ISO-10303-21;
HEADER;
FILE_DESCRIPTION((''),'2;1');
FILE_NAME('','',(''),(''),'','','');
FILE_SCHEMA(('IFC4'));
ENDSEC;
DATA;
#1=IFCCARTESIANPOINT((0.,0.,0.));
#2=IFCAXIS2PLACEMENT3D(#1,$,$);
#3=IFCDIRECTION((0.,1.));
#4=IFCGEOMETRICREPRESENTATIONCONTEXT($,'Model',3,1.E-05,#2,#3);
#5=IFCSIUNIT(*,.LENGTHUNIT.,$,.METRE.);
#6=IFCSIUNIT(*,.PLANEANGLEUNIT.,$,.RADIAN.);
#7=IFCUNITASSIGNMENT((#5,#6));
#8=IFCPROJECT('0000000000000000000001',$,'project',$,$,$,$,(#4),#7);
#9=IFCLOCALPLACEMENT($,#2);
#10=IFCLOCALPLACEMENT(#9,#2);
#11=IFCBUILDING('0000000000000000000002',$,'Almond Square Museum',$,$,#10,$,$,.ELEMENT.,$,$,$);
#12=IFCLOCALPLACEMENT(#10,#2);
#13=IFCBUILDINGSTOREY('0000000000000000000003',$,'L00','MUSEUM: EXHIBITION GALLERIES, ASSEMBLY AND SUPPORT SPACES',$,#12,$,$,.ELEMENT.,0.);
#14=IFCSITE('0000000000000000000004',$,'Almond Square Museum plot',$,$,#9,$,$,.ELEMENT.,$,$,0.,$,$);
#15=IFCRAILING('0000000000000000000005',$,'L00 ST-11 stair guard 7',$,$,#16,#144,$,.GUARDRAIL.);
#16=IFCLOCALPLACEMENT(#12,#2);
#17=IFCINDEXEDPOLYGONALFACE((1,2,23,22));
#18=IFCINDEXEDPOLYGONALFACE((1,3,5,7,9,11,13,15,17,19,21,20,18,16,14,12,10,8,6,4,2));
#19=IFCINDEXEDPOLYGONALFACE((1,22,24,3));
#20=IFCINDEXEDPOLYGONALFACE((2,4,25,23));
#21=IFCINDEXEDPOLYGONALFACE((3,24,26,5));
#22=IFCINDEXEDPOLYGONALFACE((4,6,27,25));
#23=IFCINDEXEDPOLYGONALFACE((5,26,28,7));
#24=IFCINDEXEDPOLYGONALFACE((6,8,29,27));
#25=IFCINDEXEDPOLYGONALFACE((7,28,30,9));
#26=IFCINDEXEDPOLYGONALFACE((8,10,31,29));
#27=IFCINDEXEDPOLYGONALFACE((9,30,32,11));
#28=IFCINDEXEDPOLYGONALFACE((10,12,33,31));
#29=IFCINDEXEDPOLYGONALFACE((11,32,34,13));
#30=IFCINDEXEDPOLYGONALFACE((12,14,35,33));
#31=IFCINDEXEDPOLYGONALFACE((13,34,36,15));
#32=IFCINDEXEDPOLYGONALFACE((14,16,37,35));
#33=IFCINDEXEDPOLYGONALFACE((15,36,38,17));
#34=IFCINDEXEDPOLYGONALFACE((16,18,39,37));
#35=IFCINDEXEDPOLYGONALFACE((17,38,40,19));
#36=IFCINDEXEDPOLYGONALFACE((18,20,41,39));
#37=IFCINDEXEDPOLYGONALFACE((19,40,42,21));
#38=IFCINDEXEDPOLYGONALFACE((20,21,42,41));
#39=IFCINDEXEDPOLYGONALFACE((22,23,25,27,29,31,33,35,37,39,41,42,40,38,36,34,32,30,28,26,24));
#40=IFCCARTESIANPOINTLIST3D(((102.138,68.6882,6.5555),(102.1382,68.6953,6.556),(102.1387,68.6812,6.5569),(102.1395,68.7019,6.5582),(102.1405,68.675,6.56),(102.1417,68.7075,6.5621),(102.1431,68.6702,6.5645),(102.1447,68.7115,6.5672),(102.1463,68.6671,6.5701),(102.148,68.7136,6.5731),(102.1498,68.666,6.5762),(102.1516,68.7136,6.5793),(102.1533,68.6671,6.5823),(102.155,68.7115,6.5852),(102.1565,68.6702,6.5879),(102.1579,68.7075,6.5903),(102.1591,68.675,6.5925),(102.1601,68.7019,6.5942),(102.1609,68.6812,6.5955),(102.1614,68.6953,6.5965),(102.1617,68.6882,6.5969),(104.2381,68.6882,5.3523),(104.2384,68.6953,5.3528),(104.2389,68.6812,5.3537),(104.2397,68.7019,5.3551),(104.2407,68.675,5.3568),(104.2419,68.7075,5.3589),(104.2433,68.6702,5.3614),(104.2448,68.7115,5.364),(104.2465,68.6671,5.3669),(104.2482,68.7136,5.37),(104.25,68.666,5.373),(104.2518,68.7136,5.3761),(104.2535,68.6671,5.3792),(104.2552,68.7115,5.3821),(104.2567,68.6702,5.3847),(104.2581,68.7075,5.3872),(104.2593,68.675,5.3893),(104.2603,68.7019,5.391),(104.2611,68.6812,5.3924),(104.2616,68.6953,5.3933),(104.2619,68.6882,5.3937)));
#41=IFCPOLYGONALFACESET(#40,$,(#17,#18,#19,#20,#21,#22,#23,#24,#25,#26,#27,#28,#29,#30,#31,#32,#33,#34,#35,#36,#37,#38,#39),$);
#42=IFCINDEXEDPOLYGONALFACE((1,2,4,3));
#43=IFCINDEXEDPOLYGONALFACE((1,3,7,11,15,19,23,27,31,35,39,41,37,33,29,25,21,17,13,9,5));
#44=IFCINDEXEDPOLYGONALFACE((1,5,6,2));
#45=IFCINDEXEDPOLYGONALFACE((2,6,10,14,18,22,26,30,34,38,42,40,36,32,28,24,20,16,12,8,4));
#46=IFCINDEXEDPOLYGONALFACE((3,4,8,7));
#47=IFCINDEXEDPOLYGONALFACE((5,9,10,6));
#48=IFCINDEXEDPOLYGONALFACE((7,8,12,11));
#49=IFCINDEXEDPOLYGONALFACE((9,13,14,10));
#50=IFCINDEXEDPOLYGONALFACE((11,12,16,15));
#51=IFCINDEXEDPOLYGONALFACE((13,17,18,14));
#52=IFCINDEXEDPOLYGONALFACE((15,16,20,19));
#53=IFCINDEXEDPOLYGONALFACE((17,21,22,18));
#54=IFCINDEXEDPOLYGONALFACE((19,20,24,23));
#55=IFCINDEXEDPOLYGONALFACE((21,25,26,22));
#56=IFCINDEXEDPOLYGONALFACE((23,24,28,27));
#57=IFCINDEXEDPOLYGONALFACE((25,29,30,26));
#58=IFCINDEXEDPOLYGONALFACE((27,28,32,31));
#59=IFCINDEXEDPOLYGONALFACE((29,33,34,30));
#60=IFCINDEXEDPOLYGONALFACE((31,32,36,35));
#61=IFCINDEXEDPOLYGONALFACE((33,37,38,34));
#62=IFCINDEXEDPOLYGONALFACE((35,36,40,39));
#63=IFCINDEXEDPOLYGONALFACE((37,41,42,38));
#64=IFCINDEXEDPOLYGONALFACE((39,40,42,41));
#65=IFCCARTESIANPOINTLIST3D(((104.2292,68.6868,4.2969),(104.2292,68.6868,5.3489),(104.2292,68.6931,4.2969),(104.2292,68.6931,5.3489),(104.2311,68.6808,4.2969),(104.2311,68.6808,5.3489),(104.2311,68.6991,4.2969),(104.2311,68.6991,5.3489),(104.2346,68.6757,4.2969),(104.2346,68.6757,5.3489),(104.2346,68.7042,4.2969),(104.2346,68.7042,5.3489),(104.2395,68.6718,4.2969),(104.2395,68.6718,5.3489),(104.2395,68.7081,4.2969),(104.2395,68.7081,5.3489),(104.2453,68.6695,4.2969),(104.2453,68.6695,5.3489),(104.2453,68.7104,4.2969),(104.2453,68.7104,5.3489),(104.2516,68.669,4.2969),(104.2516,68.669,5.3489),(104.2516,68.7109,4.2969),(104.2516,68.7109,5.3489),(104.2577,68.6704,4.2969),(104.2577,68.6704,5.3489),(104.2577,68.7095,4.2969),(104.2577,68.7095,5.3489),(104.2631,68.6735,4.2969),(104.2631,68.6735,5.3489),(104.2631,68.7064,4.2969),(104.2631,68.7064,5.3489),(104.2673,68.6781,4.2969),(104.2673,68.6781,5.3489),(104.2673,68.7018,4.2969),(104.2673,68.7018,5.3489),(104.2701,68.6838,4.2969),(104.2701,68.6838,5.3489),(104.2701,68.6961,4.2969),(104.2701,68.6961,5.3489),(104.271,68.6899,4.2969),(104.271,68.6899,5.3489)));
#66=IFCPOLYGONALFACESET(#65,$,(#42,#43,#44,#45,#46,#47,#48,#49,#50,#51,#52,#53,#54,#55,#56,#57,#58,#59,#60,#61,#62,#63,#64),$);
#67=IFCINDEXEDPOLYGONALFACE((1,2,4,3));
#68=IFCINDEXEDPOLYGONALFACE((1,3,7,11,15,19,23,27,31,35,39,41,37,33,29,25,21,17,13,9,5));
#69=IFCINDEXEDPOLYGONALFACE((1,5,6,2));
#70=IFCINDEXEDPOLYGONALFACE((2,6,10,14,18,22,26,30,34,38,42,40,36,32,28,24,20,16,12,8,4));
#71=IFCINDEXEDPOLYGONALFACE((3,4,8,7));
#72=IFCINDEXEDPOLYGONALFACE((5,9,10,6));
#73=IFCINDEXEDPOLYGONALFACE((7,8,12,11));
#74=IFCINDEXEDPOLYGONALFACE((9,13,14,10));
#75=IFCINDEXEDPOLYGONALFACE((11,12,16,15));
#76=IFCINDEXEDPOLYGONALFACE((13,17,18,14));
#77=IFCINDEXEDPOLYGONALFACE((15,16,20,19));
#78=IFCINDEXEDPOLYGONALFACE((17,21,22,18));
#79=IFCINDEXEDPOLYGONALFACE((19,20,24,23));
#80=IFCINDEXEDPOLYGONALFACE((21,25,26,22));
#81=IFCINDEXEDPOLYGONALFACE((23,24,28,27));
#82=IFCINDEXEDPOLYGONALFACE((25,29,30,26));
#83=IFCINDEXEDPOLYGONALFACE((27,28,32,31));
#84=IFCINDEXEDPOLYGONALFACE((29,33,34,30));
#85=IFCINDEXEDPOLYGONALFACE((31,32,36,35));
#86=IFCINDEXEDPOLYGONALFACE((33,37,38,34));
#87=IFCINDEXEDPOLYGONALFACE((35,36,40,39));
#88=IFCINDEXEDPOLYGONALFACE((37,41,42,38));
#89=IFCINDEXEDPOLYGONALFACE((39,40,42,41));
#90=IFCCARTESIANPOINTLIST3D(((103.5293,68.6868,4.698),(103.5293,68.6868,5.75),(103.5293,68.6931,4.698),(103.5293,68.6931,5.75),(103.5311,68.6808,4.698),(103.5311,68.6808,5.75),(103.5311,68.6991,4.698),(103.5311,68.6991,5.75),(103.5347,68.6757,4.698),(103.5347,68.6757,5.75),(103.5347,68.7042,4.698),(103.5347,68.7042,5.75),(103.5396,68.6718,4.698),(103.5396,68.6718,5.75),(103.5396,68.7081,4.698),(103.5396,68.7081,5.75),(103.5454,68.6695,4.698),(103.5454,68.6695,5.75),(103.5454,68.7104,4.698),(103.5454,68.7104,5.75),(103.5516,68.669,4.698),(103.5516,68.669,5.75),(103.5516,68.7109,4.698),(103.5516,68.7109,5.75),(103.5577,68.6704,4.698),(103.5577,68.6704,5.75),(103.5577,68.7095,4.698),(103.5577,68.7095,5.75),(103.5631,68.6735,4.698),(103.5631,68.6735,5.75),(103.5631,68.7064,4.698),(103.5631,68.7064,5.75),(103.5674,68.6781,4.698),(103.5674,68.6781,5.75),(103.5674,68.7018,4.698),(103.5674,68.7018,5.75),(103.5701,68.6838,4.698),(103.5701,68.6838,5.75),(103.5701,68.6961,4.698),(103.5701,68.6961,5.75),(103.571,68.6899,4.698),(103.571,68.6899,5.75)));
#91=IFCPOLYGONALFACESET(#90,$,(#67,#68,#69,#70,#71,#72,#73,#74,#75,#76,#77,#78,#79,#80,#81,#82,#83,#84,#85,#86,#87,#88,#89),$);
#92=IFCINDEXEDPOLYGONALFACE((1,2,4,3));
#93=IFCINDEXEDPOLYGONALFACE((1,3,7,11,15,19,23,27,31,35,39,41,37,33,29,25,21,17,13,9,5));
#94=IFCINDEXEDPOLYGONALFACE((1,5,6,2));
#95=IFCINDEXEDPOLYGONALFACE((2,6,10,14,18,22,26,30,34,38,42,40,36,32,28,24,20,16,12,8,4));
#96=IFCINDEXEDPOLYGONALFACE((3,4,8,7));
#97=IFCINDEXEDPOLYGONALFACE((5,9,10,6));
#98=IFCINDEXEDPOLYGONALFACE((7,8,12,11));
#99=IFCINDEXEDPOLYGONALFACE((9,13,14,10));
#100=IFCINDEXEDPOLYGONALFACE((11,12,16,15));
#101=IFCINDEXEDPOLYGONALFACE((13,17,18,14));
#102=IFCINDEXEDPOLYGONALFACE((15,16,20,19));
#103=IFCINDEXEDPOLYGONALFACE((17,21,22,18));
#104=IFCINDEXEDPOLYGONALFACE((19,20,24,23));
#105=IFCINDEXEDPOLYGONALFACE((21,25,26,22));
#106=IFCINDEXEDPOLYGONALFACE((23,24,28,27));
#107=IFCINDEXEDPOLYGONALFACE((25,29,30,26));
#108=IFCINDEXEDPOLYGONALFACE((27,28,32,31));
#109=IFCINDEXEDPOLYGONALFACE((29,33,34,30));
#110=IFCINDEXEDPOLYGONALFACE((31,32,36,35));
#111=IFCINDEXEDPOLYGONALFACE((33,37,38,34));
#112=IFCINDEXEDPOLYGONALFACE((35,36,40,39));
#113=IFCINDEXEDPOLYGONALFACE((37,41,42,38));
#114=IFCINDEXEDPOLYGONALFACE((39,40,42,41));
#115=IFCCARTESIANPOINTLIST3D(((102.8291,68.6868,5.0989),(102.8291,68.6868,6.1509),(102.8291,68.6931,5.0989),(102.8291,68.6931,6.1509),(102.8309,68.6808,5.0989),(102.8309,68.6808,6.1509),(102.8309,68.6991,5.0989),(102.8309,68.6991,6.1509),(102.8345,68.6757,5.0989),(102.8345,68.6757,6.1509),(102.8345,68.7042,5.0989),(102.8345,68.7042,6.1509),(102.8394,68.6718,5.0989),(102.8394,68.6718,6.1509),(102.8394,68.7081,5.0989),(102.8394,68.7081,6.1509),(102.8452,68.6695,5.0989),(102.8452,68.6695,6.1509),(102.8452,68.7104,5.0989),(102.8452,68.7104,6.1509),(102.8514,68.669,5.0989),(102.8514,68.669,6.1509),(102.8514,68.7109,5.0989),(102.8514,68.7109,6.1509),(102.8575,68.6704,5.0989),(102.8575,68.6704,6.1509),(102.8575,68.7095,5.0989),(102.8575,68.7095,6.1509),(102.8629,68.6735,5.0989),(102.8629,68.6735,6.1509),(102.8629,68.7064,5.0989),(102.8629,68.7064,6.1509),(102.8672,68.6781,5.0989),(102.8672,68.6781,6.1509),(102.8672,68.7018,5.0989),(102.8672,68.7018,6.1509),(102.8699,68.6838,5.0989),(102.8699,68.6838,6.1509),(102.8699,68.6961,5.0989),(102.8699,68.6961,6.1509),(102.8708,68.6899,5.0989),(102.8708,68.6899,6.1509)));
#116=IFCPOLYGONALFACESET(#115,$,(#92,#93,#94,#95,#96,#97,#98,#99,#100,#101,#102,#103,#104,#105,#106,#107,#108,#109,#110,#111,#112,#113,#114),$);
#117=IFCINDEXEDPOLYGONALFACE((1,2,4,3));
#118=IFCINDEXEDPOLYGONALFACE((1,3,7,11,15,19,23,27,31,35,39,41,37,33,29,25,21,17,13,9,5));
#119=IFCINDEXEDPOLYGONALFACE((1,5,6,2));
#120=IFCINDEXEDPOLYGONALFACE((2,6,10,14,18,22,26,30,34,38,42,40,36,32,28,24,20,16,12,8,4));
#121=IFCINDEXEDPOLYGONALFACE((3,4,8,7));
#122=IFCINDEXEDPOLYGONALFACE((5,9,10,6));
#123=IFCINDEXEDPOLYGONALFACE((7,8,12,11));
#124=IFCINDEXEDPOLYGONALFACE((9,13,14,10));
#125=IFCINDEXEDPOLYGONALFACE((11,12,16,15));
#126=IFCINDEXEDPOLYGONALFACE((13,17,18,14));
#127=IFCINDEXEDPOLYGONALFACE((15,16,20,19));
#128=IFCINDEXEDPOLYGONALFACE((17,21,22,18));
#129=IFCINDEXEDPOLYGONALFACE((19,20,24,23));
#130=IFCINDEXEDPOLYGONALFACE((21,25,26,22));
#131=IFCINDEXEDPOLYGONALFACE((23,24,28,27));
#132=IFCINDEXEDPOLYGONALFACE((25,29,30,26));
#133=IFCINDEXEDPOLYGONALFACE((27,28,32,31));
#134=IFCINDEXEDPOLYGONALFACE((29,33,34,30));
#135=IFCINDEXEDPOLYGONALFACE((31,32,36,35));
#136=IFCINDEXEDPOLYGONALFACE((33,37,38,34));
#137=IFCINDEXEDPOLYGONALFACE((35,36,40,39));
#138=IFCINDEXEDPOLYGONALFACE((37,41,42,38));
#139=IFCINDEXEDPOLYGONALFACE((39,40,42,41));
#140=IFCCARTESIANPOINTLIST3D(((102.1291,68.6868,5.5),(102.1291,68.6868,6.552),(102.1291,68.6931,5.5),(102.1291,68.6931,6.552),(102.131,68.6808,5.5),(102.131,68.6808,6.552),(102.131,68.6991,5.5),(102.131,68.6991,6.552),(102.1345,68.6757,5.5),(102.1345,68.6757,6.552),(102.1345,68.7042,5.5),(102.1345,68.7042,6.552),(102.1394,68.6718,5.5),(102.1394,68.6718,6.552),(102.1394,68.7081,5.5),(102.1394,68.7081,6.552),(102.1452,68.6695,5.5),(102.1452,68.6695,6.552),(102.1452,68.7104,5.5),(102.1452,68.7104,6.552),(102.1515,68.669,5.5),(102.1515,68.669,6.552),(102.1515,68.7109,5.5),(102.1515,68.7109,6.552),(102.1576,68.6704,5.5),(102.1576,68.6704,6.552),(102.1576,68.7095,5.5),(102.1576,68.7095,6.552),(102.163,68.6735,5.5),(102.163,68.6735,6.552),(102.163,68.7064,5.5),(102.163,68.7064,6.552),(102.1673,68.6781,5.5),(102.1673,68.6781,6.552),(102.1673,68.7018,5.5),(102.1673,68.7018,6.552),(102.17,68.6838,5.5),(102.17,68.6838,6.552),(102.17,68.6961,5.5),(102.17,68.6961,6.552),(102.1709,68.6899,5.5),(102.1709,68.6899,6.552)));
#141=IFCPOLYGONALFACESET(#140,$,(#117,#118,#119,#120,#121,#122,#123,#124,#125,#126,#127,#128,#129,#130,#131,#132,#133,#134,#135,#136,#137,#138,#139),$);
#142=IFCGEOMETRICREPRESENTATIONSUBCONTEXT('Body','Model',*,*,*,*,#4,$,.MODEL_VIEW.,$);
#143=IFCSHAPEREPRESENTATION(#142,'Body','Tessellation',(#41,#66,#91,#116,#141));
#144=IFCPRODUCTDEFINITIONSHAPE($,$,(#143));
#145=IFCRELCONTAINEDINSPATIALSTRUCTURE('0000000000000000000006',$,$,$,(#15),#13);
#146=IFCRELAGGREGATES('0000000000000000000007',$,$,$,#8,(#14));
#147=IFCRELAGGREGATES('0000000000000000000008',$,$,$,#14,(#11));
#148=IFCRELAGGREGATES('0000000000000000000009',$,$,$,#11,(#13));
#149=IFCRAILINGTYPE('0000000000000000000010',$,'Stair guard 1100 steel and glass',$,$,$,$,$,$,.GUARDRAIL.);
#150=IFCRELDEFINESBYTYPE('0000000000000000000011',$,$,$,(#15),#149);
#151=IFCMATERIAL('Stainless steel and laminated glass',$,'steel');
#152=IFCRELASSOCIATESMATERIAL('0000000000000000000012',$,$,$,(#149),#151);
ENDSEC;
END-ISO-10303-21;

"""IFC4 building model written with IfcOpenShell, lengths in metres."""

from ifc_helpers import new_model, si_unit, direction, frame, origin, origin_2d, place, context, subcontext, project, spatial, circle, extrude, material, type_object, element, save


model = new_model("IFC4")

# Units and contexts
model_context = context("Model", 3, precision=1e-05, world=origin(), true_north=direction((0.0, 1.0)))
body_context = subcontext(model_context, "Body", "Model", "MODEL_VIEW")
ifc_project = project(units=[si_unit("LENGTHUNIT", "METRE"), si_unit("PLANEANGLEUNIT", "RADIAN")], contexts=[model_context])

# Site, building, storey
site_placement = place(None, origin())
site = spatial("IfcSite", under=ifc_project, at=site_placement, Name="Almond Square Museum plot", CompositionType="ELEMENT", RefElevation=0.0)
building_placement = place(site_placement, origin())
building = spatial("IfcBuilding", under=site, at=building_placement, Name="Almond Square Museum", CompositionType="ELEMENT")
storey_placement = place(building_placement, origin())
storey = spatial("IfcBuildingStorey", under=building, at=storey_placement, Name="L00", Description="MUSEUM: EXHIBITION GALLERIES, ASSEMBLY AND SUPPORT SPACES", CompositionType="ELEMENT", Elevation=0.0)

# Railing
ifc_material_1 = material(Name="Stainless steel and laminated glass", Category="steel")
railing_type_1 = type_object("IfcRailingType", Name="Stair guard 1100 steel and glass", PredefinedType="GUARDRAIL", material=ifc_material_1)
railing_1_placement = place(storey_placement, frame((104.25, 68.6899, 4.2969)))
element("IfcRailing", 1, at=railing_1_placement, inside=storey, type_object=railing_type_1, Name="L00 ST-11 stair guard 7", PredefinedType="GUARDRAIL", context=body_context, shape_type="SweptSolid", body=[
    extrude(circle(Radius=0.0239, at=origin_2d()), frame((0.0, 0.0, 1.0762), z_axis=(-0.867696, 0.0, 0.497095), x_axis=(0.0, -1.0, 0.0)), (0.0, 0.0, 1.0), 2.4204),
    extrude(circle(Radius=0.021, at=origin_2d()), origin(), (0.0, 0.0, 1.0), 1.052),
    extrude(circle(Radius=0.021, at=origin_2d()), frame((-0.7, 0.0, 0.4011)), (0.0, 0.0, 1.0), 1.052),
    extrude(circle(Radius=0.021, at=origin_2d()), frame((-1.4001, 0.0, 0.802)), (0.0, 0.0, 1.0), 1.052),
    extrude(circle(Radius=0.021, at=origin_2d()), frame((-2.1001, 0.0, 1.2031)), (0.0, 0.0, 1.0), 1.052),
])

save(model, "model.ifc")
